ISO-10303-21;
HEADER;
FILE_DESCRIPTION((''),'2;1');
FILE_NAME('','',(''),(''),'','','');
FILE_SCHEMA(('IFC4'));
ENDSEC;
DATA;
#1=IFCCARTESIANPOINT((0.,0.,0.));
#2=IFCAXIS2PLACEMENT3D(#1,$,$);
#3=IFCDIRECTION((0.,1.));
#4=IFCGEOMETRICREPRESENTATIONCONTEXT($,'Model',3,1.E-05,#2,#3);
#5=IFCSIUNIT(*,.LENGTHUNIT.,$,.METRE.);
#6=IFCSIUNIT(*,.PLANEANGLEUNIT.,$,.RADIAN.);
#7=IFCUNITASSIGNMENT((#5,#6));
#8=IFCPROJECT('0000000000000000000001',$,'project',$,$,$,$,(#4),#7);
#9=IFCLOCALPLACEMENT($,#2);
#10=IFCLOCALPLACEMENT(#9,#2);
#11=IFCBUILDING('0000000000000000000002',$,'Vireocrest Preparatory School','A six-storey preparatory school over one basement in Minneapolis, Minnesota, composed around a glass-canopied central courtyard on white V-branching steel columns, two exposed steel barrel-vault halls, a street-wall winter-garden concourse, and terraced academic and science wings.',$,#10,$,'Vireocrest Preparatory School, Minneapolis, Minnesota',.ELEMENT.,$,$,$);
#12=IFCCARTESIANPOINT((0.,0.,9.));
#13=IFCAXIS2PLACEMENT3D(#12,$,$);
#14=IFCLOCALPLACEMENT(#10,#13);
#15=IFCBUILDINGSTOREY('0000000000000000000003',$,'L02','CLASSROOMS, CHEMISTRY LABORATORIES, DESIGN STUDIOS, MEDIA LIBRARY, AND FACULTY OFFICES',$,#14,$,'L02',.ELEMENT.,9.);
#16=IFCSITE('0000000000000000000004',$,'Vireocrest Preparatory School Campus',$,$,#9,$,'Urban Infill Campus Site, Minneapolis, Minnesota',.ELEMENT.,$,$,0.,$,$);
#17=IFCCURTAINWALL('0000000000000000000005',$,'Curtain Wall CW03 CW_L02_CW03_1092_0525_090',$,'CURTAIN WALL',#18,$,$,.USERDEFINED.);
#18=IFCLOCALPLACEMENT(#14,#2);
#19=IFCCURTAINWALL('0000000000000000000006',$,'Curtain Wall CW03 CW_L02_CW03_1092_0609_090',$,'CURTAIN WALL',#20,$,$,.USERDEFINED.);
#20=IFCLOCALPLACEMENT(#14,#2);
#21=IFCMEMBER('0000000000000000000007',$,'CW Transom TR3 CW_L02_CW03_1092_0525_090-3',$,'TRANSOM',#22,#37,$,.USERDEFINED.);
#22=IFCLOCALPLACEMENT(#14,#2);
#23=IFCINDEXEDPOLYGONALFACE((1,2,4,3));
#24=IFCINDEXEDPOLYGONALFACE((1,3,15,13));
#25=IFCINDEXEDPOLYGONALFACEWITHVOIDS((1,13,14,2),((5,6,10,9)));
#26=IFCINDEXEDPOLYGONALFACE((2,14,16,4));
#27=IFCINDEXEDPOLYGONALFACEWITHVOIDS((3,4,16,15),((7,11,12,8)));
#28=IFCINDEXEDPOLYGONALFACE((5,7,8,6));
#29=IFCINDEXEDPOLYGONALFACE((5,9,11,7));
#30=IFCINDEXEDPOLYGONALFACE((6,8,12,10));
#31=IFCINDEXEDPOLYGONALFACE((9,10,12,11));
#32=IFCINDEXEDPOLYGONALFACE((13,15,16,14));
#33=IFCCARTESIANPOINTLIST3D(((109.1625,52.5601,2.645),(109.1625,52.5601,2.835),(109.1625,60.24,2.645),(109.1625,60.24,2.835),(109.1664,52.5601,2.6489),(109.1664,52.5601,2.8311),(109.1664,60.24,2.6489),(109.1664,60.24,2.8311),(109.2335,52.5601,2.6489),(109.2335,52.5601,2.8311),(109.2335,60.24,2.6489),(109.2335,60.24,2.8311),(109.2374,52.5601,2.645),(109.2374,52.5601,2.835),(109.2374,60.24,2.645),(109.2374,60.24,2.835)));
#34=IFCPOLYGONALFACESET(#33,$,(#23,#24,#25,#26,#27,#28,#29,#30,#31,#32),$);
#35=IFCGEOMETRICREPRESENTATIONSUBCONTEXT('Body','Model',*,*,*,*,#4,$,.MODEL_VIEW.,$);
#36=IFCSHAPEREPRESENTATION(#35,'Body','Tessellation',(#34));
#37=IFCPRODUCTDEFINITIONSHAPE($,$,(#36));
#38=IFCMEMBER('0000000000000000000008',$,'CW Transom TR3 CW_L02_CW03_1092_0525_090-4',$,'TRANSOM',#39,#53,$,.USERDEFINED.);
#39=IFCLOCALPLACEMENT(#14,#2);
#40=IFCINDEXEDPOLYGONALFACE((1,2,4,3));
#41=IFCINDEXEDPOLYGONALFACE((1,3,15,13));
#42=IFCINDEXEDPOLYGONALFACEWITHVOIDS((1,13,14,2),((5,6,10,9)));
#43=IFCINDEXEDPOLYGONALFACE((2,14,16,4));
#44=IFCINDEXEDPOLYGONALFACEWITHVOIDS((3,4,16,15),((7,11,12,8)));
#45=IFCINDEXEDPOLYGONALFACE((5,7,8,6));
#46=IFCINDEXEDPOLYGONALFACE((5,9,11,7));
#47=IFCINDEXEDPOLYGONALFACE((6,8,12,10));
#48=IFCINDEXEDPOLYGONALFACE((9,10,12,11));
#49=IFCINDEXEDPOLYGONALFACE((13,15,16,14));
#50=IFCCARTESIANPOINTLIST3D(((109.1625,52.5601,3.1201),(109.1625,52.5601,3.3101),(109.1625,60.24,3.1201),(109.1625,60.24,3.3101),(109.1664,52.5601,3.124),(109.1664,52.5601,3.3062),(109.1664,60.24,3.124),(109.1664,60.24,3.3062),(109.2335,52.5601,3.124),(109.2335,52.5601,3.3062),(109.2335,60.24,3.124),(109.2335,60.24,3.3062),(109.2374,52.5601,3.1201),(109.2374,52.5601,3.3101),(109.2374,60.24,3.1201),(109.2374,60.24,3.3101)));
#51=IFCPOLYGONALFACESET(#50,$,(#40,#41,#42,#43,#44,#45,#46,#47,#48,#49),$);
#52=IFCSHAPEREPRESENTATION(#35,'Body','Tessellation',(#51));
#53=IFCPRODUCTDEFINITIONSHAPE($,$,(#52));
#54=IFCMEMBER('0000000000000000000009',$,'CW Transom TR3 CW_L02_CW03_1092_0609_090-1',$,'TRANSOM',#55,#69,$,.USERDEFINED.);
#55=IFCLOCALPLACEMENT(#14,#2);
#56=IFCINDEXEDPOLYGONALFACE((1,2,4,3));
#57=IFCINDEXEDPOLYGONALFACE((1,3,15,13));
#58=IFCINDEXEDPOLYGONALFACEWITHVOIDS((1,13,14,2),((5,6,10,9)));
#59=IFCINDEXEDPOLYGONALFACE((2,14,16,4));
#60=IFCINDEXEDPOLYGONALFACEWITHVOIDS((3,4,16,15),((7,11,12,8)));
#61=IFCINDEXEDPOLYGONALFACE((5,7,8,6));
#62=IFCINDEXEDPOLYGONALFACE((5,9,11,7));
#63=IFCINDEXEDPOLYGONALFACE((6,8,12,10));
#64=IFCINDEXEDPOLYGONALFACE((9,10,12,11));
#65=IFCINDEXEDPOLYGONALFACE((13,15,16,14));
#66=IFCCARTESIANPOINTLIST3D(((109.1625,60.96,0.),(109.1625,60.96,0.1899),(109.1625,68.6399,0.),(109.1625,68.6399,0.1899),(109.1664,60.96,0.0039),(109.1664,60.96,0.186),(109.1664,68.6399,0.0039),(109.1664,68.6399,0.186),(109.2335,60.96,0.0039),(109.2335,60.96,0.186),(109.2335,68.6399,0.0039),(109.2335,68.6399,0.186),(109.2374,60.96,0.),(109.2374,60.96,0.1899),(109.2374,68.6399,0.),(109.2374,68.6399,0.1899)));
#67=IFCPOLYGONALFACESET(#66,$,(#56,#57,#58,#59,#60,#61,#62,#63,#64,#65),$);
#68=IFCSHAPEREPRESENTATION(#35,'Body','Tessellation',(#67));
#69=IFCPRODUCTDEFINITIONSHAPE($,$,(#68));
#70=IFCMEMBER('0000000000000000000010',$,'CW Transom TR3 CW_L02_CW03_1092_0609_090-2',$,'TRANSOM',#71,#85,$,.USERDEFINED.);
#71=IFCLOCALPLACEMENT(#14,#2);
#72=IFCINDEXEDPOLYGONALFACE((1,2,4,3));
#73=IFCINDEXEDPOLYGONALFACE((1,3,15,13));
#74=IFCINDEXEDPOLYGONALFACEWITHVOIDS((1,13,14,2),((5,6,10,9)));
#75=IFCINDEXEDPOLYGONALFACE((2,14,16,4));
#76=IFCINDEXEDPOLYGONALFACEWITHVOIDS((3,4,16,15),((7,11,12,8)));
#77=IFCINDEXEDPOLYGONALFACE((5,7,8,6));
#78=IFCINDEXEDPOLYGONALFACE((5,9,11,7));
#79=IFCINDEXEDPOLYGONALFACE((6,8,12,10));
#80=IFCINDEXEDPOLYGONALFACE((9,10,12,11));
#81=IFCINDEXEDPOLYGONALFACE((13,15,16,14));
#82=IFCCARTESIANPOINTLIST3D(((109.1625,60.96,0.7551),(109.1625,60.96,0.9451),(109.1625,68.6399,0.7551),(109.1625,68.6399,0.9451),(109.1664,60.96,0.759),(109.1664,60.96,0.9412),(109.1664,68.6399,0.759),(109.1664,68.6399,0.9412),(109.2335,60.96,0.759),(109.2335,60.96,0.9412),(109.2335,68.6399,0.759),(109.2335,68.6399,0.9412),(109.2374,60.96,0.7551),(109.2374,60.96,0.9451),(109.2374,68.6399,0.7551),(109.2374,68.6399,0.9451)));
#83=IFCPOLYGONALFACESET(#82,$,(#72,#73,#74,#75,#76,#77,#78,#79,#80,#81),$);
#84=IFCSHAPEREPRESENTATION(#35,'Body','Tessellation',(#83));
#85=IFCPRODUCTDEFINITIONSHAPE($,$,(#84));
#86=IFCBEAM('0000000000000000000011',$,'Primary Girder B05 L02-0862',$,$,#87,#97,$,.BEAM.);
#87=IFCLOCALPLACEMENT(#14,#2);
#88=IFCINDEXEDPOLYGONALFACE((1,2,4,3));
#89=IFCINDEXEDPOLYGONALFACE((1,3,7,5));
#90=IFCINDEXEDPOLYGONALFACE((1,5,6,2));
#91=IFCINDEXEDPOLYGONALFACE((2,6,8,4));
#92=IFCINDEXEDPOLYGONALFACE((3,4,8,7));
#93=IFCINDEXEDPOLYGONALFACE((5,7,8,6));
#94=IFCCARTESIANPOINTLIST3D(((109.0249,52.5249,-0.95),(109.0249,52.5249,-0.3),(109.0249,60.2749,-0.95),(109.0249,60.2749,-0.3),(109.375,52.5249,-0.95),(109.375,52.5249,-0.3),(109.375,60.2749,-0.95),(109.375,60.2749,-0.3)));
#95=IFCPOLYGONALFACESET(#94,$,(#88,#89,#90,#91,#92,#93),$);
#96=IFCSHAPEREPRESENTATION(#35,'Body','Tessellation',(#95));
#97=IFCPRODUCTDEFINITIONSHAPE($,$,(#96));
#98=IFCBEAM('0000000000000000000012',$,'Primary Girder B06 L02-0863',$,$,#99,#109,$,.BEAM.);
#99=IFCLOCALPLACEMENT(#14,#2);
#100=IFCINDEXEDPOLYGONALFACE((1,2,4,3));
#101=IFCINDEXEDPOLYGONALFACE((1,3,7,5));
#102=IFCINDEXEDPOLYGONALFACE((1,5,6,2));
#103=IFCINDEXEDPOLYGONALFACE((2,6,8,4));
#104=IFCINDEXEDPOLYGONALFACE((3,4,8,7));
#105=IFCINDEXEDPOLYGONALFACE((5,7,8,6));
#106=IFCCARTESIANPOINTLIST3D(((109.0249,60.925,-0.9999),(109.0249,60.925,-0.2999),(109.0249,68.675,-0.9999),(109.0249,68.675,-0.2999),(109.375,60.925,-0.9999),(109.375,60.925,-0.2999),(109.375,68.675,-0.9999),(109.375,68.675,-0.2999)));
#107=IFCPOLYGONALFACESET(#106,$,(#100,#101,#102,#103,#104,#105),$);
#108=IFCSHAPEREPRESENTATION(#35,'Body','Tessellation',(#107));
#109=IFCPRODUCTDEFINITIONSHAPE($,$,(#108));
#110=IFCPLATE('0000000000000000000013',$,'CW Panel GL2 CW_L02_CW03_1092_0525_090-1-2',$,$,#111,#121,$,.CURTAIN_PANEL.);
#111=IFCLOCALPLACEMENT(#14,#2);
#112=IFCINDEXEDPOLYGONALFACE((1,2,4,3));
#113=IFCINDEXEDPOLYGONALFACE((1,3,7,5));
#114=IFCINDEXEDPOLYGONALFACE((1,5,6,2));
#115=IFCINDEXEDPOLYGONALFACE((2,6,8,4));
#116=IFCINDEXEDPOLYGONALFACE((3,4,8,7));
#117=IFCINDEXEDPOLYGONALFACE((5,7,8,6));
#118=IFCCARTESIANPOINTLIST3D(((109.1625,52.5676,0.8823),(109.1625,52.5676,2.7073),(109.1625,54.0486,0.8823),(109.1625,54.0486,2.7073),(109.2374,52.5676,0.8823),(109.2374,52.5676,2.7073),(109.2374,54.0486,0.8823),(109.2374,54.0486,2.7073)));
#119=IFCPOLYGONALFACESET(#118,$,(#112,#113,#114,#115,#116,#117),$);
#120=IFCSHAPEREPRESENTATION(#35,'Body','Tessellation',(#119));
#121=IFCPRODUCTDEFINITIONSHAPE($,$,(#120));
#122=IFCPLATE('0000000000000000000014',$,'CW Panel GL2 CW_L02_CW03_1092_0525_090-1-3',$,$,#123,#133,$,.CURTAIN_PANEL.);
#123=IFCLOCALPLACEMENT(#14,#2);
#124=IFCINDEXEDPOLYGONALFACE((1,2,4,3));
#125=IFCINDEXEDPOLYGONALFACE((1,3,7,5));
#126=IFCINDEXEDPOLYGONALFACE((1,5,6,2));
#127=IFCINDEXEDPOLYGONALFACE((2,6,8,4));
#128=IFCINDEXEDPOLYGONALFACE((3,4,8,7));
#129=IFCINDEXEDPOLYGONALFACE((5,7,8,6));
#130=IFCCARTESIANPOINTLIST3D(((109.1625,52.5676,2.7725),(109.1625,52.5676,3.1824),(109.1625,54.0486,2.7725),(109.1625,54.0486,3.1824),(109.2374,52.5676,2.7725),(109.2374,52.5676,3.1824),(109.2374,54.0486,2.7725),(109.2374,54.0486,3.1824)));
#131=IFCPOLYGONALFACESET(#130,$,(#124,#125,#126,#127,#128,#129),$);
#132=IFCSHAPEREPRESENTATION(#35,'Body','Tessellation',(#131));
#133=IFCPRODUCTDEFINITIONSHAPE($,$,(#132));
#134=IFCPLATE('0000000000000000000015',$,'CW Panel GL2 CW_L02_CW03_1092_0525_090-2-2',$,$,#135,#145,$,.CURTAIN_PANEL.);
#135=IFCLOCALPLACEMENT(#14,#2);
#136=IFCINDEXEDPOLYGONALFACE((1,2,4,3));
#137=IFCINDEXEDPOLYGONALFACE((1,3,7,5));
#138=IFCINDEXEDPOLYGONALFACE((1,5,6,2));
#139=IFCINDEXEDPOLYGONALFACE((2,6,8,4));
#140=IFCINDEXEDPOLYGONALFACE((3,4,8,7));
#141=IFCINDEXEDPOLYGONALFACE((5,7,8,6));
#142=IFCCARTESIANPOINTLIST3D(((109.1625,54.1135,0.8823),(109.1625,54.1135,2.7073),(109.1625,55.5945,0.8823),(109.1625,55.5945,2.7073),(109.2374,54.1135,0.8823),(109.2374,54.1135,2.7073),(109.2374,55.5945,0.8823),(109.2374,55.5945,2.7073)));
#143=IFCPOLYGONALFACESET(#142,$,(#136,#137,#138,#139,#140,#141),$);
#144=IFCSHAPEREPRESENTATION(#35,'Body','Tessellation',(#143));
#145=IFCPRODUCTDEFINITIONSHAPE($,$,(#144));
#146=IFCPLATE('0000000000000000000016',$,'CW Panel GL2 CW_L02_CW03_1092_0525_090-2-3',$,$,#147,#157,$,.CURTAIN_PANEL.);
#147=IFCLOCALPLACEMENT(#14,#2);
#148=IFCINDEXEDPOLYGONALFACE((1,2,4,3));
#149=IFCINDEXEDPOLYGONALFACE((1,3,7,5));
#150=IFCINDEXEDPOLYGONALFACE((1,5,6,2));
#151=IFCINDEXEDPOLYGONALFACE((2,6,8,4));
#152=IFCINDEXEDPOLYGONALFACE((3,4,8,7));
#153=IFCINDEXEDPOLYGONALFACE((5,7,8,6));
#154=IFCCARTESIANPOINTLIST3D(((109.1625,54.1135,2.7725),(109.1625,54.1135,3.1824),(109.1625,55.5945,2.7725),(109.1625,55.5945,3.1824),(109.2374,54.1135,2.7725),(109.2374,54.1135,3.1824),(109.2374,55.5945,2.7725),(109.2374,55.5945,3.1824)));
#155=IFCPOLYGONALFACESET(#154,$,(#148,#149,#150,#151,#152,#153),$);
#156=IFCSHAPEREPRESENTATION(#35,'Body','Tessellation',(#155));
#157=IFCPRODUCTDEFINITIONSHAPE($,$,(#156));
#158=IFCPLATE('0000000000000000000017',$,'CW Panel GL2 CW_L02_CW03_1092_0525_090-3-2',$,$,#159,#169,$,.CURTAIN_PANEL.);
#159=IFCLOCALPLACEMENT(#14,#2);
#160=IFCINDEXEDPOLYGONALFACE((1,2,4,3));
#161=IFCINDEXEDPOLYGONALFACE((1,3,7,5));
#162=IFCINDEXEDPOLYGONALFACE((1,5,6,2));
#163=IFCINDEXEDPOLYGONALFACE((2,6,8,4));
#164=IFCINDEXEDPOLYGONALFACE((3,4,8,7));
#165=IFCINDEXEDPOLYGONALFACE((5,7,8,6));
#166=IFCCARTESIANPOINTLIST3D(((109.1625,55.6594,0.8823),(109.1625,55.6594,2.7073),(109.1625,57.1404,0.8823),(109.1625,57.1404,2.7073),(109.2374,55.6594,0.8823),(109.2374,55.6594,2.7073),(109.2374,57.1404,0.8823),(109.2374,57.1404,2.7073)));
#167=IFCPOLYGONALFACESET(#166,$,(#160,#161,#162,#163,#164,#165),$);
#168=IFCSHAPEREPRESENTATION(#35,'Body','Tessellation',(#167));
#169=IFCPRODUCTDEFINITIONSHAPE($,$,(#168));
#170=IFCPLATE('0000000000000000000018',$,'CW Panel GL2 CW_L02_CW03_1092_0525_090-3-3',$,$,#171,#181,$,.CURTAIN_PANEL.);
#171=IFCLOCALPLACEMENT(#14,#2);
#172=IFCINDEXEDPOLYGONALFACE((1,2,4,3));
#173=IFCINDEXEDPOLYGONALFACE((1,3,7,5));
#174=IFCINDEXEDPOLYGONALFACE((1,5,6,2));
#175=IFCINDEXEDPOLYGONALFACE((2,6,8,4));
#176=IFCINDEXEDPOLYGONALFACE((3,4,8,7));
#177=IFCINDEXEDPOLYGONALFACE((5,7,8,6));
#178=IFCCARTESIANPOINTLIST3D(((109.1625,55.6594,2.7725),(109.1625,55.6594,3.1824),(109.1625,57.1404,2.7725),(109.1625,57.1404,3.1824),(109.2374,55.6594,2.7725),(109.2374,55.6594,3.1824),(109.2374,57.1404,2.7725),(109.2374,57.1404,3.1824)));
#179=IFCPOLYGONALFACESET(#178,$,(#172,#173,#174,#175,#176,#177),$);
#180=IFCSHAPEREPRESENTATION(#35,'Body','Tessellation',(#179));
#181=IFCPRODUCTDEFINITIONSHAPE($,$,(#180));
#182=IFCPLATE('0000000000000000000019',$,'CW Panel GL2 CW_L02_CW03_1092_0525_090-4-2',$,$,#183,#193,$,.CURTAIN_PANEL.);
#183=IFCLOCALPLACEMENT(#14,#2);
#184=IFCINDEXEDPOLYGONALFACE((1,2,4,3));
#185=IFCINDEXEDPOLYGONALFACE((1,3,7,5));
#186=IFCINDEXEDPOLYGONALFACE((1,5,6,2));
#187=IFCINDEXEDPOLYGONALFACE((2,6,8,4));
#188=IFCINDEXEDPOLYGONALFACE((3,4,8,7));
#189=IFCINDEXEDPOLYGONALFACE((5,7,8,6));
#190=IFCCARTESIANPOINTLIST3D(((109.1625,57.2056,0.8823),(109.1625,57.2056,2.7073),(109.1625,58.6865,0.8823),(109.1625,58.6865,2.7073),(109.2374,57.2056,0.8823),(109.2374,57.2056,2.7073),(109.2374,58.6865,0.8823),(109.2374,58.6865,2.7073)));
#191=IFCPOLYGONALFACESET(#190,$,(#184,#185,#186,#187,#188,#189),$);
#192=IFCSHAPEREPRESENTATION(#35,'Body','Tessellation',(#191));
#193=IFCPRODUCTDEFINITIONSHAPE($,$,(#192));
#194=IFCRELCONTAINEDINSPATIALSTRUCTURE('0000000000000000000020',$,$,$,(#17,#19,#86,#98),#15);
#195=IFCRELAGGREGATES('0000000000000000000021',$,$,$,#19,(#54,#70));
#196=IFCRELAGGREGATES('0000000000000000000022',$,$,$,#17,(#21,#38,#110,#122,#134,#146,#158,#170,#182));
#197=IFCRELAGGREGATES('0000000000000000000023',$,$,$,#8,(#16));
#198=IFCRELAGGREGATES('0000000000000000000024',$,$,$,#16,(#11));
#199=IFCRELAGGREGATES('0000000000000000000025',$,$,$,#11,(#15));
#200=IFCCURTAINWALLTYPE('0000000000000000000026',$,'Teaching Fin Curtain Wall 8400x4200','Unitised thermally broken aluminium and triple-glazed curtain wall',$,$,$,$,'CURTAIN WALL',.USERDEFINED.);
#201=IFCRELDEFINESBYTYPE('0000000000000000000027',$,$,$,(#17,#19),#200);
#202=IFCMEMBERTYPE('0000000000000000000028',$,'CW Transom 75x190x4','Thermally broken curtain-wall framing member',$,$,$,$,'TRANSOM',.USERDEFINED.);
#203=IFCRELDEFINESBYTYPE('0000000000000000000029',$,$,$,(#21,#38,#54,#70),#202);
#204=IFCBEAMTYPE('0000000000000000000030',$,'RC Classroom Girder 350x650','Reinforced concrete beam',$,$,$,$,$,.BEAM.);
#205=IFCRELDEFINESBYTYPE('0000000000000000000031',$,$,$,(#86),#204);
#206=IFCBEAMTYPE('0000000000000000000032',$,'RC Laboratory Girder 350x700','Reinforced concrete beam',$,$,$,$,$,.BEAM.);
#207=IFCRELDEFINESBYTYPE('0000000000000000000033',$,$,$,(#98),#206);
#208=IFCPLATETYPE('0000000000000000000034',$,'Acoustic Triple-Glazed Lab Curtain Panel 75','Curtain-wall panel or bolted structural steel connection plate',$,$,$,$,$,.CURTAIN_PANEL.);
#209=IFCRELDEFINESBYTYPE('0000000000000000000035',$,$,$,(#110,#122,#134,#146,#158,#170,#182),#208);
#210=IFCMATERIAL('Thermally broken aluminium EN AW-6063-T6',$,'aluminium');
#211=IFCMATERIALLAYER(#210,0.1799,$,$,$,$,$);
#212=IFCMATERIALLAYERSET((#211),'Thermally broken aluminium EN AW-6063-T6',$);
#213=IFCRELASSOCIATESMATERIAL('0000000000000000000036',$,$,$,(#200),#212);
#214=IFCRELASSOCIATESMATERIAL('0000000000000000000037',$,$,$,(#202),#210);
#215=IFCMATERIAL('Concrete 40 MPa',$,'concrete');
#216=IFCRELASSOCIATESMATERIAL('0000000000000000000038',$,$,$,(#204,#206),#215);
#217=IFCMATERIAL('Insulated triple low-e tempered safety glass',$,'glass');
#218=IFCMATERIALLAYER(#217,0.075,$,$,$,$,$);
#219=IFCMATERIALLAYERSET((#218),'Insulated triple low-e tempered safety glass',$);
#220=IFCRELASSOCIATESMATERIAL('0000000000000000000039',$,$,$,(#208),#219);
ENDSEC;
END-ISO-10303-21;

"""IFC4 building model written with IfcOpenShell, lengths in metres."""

from ifc_helpers import new_model, si_unit, direction, frame, origin, origin_2d, place, context, subcontext, project, spatial, rectangle, hollow_rectangle, extrude, material, layer, layer_set, material_profile, profile_set, type_object, element, aggregate, save


model = new_model("IFC4")

# Units and contexts
model_context = context("Model", 3, precision=1e-05, world=origin(), true_north=direction((0.0, 1.0)))
body_context = subcontext(model_context, "Body", "Model", "MODEL_VIEW")
ifc_project = project(units=[si_unit("LENGTHUNIT", "METRE"), si_unit("PLANEANGLEUNIT", "RADIAN")], contexts=[model_context])

# Site, building, storey
site_placement = place(None, origin())
site = spatial("IfcSite", under=ifc_project, at=site_placement, Name="Vireocrest Preparatory School Campus", LongName="Urban Infill Campus Site, Minneapolis, Minnesota", CompositionType="ELEMENT", RefElevation=0.0)
building_placement = place(site_placement, origin())
building = spatial("IfcBuilding", under=site, at=building_placement, Name="Vireocrest Preparatory School", Description="A six-storey preparatory school over one basement in Minneapolis, Minnesota, composed around a glass-canopied central courtyard on white V-branching steel columns, two exposed steel barrel-vault halls, a street-wall winter-garden concourse, and terraced academic and science wings.", LongName="Vireocrest Preparatory School, Minneapolis, Minnesota", CompositionType="ELEMENT")
storey_placement = place(building_placement, frame((0.0, 0.0, 9.0)))
storey = spatial("IfcBuildingStorey", under=building, at=storey_placement, Name="L02", Description="CLASSROOMS, CHEMISTRY LABORATORIES, DESIGN STUDIOS, MEDIA LIBRARY, AND FACULTY OFFICES", LongName="L02", CompositionType="ELEMENT", Elevation=9.0)

# Curtain wall
ifc_material_1 = material(Name="Thermally broken aluminium EN AW-6063-T6", Category="aluminium")
ifc_layer_1 = layer(ifc_material_1, 0.1799)
ifc_layer_set_1 = layer_set([ifc_layer_1], Name="Thermally broken aluminium EN AW-6063-T6")
curtain_wall_type = type_object("IfcCurtainWallType", Name="Teaching Fin Curtain Wall 8400x4200", Description="Unitised thermally broken aluminium and triple-glazed curtain wall", ElementType="CURTAIN WALL", PredefinedType="USERDEFINED", material=ifc_layer_set_1)
curtain_wall_1_placement = place(storey_placement, origin())
curtain_wall_1 = element("IfcCurtainWall", 1, at=curtain_wall_1_placement, inside=storey, type_object=curtain_wall_type, Name="Curtain Wall CW03 CW_L02_CW03_1092_0525_090", ObjectType="CURTAIN WALL", PredefinedType="USERDEFINED")

# Curtain wall
curtain_wall_2_placement = place(storey_placement, origin())
curtain_wall_2 = element("IfcCurtainWall", 2, at=curtain_wall_2_placement, inside=storey, type_object=curtain_wall_type, Name="Curtain Wall CW03 CW_L02_CW03_1092_0609_090", ObjectType="CURTAIN WALL", PredefinedType="USERDEFINED")

# Members
ifc_material_profile_1 = material_profile(ifc_material_1, hollow_rectangle(XDim=0.075, YDim=0.1899, WallThickness=0.0039, at=origin_2d()), Name="ALU 75x190x4")
ifc_profile_set_1 = profile_set([ifc_material_profile_1], Name="Thermally broken aluminium EN AW-6063-T6")
member_type_1 = type_object("IfcMemberType", Name="CW Transom 75x190x4", Description="Thermally broken curtain-wall framing member", ElementType="TRANSOM", PredefinedType="USERDEFINED", material=ifc_profile_set_1)
member_1_placement = place(storey_placement, frame((109.2, 52.5601, 2.74), z_axis=(0.0, 1.0, 0.0), x_axis=(-1.0, 0.0, 0.0)))
member_1 = element("IfcMember", 3, at=member_1_placement, type_object=member_type_1, Name="CW Transom TR3 CW_L02_CW03_1092_0525_090-3", ObjectType="TRANSOM", PredefinedType="USERDEFINED", context=body_context, shape_type="SweptSolid", body=[
    extrude(hollow_rectangle(XDim=0.075, YDim=0.1899, WallThickness=0.0039, at=origin_2d()), origin(), (0.0, 0.0, 1.0), 7.6799),
])
member_2_placement = place(storey_placement, frame((109.2, 52.5601, 3.2151), z_axis=(0.0, 1.0, 0.0), x_axis=(-1.0, 0.0, 0.0)))
member_2 = element("IfcMember", 4, at=member_2_placement, type_object=member_type_1, Name="CW Transom TR3 CW_L02_CW03_1092_0525_090-4", ObjectType="TRANSOM", PredefinedType="USERDEFINED", context=body_context, shape_type="SweptSolid", body=[
    extrude(hollow_rectangle(XDim=0.075, YDim=0.1899, WallThickness=0.0039, at=origin_2d()), origin(), (0.0, 0.0, 1.0), 7.6799),
])
member_3_placement = place(storey_placement, frame((109.2, 60.96, 0.095), z_axis=(0.0, 1.0, 0.0), x_axis=(-1.0, 0.0, 0.0)))
member_3 = element("IfcMember", 5, at=member_3_placement, type_object=member_type_1, Name="CW Transom TR3 CW_L02_CW03_1092_0609_090-1", ObjectType="TRANSOM", PredefinedType="USERDEFINED", context=body_context, shape_type="SweptSolid", body=[
    extrude(hollow_rectangle(XDim=0.075, YDim=0.1899, WallThickness=0.0039, at=origin_2d()), origin(), (0.0, 0.0, 1.0), 7.6799),
])
member_4_placement = place(storey_placement, frame((109.2, 60.96, 0.8501), z_axis=(0.0, 1.0, 0.0), x_axis=(-1.0, 0.0, 0.0)))
member_4 = element("IfcMember", 6, at=member_4_placement, type_object=member_type_1, Name="CW Transom TR3 CW_L02_CW03_1092_0609_090-2", ObjectType="TRANSOM", PredefinedType="USERDEFINED", context=body_context, shape_type="SweptSolid", body=[
    extrude(hollow_rectangle(XDim=0.075, YDim=0.1899, WallThickness=0.0039, at=origin_2d()), origin(), (0.0, 0.0, 1.0), 7.6799),
])
aggregate(curtain_wall_2, [member_3, member_4])

# Beams
ifc_material_2 = material(Name="Concrete 40 MPa", Category="concrete")
ifc_material_profile_2 = material_profile(ifc_material_2, rectangle(XDim=0.3501, YDim=0.6499, at=origin_2d()), Name="RC 350x650")
ifc_profile_set_2 = profile_set([ifc_material_profile_2], Name="Concrete 40 MPa")
beam_type_1 = type_object("IfcBeamType", Name="RC Classroom Girder 350x650", Description="Reinforced concrete beam", PredefinedType="BEAM", material=ifc_profile_set_2)
beam_1_placement = place(storey_placement, frame((109.2, 52.5249, -0.625), z_axis=(0.0, 1.0, 0.0), x_axis=(-1.0, 0.0, 0.0)))
element("IfcBeam", 7, at=beam_1_placement, inside=storey, type_object=beam_type_1, Name="Primary Girder B05 L02-0862", PredefinedType="BEAM", context=body_context, shape_type="SweptSolid", body=[
    extrude(rectangle(XDim=0.3501, YDim=0.6499, at=origin_2d()), origin(), (0.0, 0.0, 1.0), 7.75),
])
ifc_material_profile_3 = material_profile(ifc_material_2, rectangle(XDim=0.3501, YDim=0.7, at=origin_2d()), Name="RC 350x700")
ifc_profile_set_3 = profile_set([ifc_material_profile_3], Name="Concrete 40 MPa")
beam_type_2 = type_object("IfcBeamType", Name="RC Laboratory Girder 350x700", Description="Reinforced concrete beam", PredefinedType="BEAM", material=ifc_profile_set_3)
beam_2_placement = place(storey_placement, frame((109.2, 60.925, -0.6499), z_axis=(0.0, 1.0, 0.0), x_axis=(-1.0, 0.0, 0.0)))
element("IfcBeam", 8, at=beam_2_placement, inside=storey, type_object=beam_type_2, Name="Primary Girder B06 L02-0863", PredefinedType="BEAM", context=body_context, shape_type="SweptSolid", body=[
    extrude(rectangle(XDim=0.3501, YDim=0.7, at=origin_2d()), origin(), (0.0, 0.0, 1.0), 7.75),
])

# Plates
ifc_material_3 = material(Name="Insulated triple low-e tempered safety glass", Category="glass")
ifc_layer_2 = layer(ifc_material_3, 0.075)
ifc_layer_set_2 = layer_set([ifc_layer_2], Name="Insulated triple low-e tempered safety glass")
plate_type_1 = type_object("IfcPlateType", Name="Acoustic Triple-Glazed Lab Curtain Panel 75", Description="Curtain-wall panel or bolted structural steel connection plate", PredefinedType="CURTAIN_PANEL", material=ifc_layer_set_2)
plate_1_placement = place(storey_placement, frame((109.2, 53.3081, 0.8823), z_axis=(0.0, 0.0, 1.0), x_axis=(0.0, 1.0, 0.0)))
plate_1 = element("IfcPlate", 9, at=plate_1_placement, type_object=plate_type_1, Name="CW Panel GL2 CW_L02_CW03_1092_0525_090-1-2", PredefinedType="CURTAIN_PANEL", context=body_context, shape_type="SweptSolid", body=[
    extrude(rectangle(XDim=1.481, YDim=0.075, at=origin_2d()), origin(), (0.0, 0.0, 1.0), 1.825),
])
plate_2_placement = place(storey_placement, frame((109.2, 53.3081, 2.7725), z_axis=(0.0, 0.0, 1.0), x_axis=(0.0, 1.0, 0.0)))
plate_2 = element("IfcPlate", 10, at=plate_2_placement, type_object=plate_type_1, Name="CW Panel GL2 CW_L02_CW03_1092_0525_090-1-3", PredefinedType="CURTAIN_PANEL", context=body_context, shape_type="SweptSolid", body=[
    extrude(rectangle(XDim=1.481, YDim=0.075, at=origin_2d()), origin(), (0.0, 0.0, 1.0), 0.4099),
])
plate_3_placement = place(storey_placement, frame((109.2, 54.854, 0.8823), z_axis=(0.0, 0.0, 1.0), x_axis=(0.0, 1.0, 0.0)))
plate_3 = element("IfcPlate", 11, at=plate_3_placement, type_object=plate_type_1, Name="CW Panel GL2 CW_L02_CW03_1092_0525_090-2-2", PredefinedType="CURTAIN_PANEL", context=body_context, shape_type="SweptSolid", body=[
    extrude(rectangle(XDim=1.481, YDim=0.075, at=origin_2d()), origin(), (0.0, 0.0, 1.0), 1.825),
])
plate_4_placement = place(storey_placement, frame((109.2, 54.854, 2.7725), z_axis=(0.0, 0.0, 1.0), x_axis=(0.0, 1.0, 0.0)))
plate_4 = element("IfcPlate", 12, at=plate_4_placement, type_object=plate_type_1, Name="CW Panel GL2 CW_L02_CW03_1092_0525_090-2-3", PredefinedType="CURTAIN_PANEL", context=body_context, shape_type="SweptSolid", body=[
    extrude(rectangle(XDim=1.481, YDim=0.075, at=origin_2d()), origin(), (0.0, 0.0, 1.0), 0.4099),
])
plate_5_placement = place(storey_placement, frame((109.2, 56.3999, 0.8823), z_axis=(0.0, 0.0, 1.0), x_axis=(0.0, 1.0, 0.0)))
plate_5 = element("IfcPlate", 13, at=plate_5_placement, type_object=plate_type_1, Name="CW Panel GL2 CW_L02_CW03_1092_0525_090-3-2", PredefinedType="CURTAIN_PANEL", context=body_context, shape_type="SweptSolid", body=[
    extrude(rectangle(XDim=1.481, YDim=0.075, at=origin_2d()), origin(), (0.0, 0.0, 1.0), 1.825),
])
plate_6_placement = place(storey_placement, frame((109.2, 56.3999, 2.7725), z_axis=(0.0, 0.0, 1.0), x_axis=(0.0, 1.0, 0.0)))
plate_6 = element("IfcPlate", 14, at=plate_6_placement, type_object=plate_type_1, Name="CW Panel GL2 CW_L02_CW03_1092_0525_090-3-3", PredefinedType="CURTAIN_PANEL", context=body_context, shape_type="SweptSolid", body=[
    extrude(rectangle(XDim=1.481, YDim=0.075, at=origin_2d()), origin(), (0.0, 0.0, 1.0), 0.4099),
])
plate_7_placement = place(storey_placement, frame((109.2, 57.946, 0.8823), z_axis=(0.0, 0.0, 1.0), x_axis=(0.0, 1.0, 0.0)))
plate_7 = element("IfcPlate", 15, at=plate_7_placement, type_object=plate_type_1, Name="CW Panel GL2 CW_L02_CW03_1092_0525_090-4-2", PredefinedType="CURTAIN_PANEL", context=body_context, shape_type="SweptSolid", body=[
    extrude(rectangle(XDim=1.481, YDim=0.075, at=origin_2d()), origin(), (0.0, 0.0, 1.0), 1.825),
])
aggregate(curtain_wall_1, [member_1, member_2, plate_1, plate_2, plate_3, plate_4, plate_5, plate_6, plate_7])

save(model, "model.ifc")
